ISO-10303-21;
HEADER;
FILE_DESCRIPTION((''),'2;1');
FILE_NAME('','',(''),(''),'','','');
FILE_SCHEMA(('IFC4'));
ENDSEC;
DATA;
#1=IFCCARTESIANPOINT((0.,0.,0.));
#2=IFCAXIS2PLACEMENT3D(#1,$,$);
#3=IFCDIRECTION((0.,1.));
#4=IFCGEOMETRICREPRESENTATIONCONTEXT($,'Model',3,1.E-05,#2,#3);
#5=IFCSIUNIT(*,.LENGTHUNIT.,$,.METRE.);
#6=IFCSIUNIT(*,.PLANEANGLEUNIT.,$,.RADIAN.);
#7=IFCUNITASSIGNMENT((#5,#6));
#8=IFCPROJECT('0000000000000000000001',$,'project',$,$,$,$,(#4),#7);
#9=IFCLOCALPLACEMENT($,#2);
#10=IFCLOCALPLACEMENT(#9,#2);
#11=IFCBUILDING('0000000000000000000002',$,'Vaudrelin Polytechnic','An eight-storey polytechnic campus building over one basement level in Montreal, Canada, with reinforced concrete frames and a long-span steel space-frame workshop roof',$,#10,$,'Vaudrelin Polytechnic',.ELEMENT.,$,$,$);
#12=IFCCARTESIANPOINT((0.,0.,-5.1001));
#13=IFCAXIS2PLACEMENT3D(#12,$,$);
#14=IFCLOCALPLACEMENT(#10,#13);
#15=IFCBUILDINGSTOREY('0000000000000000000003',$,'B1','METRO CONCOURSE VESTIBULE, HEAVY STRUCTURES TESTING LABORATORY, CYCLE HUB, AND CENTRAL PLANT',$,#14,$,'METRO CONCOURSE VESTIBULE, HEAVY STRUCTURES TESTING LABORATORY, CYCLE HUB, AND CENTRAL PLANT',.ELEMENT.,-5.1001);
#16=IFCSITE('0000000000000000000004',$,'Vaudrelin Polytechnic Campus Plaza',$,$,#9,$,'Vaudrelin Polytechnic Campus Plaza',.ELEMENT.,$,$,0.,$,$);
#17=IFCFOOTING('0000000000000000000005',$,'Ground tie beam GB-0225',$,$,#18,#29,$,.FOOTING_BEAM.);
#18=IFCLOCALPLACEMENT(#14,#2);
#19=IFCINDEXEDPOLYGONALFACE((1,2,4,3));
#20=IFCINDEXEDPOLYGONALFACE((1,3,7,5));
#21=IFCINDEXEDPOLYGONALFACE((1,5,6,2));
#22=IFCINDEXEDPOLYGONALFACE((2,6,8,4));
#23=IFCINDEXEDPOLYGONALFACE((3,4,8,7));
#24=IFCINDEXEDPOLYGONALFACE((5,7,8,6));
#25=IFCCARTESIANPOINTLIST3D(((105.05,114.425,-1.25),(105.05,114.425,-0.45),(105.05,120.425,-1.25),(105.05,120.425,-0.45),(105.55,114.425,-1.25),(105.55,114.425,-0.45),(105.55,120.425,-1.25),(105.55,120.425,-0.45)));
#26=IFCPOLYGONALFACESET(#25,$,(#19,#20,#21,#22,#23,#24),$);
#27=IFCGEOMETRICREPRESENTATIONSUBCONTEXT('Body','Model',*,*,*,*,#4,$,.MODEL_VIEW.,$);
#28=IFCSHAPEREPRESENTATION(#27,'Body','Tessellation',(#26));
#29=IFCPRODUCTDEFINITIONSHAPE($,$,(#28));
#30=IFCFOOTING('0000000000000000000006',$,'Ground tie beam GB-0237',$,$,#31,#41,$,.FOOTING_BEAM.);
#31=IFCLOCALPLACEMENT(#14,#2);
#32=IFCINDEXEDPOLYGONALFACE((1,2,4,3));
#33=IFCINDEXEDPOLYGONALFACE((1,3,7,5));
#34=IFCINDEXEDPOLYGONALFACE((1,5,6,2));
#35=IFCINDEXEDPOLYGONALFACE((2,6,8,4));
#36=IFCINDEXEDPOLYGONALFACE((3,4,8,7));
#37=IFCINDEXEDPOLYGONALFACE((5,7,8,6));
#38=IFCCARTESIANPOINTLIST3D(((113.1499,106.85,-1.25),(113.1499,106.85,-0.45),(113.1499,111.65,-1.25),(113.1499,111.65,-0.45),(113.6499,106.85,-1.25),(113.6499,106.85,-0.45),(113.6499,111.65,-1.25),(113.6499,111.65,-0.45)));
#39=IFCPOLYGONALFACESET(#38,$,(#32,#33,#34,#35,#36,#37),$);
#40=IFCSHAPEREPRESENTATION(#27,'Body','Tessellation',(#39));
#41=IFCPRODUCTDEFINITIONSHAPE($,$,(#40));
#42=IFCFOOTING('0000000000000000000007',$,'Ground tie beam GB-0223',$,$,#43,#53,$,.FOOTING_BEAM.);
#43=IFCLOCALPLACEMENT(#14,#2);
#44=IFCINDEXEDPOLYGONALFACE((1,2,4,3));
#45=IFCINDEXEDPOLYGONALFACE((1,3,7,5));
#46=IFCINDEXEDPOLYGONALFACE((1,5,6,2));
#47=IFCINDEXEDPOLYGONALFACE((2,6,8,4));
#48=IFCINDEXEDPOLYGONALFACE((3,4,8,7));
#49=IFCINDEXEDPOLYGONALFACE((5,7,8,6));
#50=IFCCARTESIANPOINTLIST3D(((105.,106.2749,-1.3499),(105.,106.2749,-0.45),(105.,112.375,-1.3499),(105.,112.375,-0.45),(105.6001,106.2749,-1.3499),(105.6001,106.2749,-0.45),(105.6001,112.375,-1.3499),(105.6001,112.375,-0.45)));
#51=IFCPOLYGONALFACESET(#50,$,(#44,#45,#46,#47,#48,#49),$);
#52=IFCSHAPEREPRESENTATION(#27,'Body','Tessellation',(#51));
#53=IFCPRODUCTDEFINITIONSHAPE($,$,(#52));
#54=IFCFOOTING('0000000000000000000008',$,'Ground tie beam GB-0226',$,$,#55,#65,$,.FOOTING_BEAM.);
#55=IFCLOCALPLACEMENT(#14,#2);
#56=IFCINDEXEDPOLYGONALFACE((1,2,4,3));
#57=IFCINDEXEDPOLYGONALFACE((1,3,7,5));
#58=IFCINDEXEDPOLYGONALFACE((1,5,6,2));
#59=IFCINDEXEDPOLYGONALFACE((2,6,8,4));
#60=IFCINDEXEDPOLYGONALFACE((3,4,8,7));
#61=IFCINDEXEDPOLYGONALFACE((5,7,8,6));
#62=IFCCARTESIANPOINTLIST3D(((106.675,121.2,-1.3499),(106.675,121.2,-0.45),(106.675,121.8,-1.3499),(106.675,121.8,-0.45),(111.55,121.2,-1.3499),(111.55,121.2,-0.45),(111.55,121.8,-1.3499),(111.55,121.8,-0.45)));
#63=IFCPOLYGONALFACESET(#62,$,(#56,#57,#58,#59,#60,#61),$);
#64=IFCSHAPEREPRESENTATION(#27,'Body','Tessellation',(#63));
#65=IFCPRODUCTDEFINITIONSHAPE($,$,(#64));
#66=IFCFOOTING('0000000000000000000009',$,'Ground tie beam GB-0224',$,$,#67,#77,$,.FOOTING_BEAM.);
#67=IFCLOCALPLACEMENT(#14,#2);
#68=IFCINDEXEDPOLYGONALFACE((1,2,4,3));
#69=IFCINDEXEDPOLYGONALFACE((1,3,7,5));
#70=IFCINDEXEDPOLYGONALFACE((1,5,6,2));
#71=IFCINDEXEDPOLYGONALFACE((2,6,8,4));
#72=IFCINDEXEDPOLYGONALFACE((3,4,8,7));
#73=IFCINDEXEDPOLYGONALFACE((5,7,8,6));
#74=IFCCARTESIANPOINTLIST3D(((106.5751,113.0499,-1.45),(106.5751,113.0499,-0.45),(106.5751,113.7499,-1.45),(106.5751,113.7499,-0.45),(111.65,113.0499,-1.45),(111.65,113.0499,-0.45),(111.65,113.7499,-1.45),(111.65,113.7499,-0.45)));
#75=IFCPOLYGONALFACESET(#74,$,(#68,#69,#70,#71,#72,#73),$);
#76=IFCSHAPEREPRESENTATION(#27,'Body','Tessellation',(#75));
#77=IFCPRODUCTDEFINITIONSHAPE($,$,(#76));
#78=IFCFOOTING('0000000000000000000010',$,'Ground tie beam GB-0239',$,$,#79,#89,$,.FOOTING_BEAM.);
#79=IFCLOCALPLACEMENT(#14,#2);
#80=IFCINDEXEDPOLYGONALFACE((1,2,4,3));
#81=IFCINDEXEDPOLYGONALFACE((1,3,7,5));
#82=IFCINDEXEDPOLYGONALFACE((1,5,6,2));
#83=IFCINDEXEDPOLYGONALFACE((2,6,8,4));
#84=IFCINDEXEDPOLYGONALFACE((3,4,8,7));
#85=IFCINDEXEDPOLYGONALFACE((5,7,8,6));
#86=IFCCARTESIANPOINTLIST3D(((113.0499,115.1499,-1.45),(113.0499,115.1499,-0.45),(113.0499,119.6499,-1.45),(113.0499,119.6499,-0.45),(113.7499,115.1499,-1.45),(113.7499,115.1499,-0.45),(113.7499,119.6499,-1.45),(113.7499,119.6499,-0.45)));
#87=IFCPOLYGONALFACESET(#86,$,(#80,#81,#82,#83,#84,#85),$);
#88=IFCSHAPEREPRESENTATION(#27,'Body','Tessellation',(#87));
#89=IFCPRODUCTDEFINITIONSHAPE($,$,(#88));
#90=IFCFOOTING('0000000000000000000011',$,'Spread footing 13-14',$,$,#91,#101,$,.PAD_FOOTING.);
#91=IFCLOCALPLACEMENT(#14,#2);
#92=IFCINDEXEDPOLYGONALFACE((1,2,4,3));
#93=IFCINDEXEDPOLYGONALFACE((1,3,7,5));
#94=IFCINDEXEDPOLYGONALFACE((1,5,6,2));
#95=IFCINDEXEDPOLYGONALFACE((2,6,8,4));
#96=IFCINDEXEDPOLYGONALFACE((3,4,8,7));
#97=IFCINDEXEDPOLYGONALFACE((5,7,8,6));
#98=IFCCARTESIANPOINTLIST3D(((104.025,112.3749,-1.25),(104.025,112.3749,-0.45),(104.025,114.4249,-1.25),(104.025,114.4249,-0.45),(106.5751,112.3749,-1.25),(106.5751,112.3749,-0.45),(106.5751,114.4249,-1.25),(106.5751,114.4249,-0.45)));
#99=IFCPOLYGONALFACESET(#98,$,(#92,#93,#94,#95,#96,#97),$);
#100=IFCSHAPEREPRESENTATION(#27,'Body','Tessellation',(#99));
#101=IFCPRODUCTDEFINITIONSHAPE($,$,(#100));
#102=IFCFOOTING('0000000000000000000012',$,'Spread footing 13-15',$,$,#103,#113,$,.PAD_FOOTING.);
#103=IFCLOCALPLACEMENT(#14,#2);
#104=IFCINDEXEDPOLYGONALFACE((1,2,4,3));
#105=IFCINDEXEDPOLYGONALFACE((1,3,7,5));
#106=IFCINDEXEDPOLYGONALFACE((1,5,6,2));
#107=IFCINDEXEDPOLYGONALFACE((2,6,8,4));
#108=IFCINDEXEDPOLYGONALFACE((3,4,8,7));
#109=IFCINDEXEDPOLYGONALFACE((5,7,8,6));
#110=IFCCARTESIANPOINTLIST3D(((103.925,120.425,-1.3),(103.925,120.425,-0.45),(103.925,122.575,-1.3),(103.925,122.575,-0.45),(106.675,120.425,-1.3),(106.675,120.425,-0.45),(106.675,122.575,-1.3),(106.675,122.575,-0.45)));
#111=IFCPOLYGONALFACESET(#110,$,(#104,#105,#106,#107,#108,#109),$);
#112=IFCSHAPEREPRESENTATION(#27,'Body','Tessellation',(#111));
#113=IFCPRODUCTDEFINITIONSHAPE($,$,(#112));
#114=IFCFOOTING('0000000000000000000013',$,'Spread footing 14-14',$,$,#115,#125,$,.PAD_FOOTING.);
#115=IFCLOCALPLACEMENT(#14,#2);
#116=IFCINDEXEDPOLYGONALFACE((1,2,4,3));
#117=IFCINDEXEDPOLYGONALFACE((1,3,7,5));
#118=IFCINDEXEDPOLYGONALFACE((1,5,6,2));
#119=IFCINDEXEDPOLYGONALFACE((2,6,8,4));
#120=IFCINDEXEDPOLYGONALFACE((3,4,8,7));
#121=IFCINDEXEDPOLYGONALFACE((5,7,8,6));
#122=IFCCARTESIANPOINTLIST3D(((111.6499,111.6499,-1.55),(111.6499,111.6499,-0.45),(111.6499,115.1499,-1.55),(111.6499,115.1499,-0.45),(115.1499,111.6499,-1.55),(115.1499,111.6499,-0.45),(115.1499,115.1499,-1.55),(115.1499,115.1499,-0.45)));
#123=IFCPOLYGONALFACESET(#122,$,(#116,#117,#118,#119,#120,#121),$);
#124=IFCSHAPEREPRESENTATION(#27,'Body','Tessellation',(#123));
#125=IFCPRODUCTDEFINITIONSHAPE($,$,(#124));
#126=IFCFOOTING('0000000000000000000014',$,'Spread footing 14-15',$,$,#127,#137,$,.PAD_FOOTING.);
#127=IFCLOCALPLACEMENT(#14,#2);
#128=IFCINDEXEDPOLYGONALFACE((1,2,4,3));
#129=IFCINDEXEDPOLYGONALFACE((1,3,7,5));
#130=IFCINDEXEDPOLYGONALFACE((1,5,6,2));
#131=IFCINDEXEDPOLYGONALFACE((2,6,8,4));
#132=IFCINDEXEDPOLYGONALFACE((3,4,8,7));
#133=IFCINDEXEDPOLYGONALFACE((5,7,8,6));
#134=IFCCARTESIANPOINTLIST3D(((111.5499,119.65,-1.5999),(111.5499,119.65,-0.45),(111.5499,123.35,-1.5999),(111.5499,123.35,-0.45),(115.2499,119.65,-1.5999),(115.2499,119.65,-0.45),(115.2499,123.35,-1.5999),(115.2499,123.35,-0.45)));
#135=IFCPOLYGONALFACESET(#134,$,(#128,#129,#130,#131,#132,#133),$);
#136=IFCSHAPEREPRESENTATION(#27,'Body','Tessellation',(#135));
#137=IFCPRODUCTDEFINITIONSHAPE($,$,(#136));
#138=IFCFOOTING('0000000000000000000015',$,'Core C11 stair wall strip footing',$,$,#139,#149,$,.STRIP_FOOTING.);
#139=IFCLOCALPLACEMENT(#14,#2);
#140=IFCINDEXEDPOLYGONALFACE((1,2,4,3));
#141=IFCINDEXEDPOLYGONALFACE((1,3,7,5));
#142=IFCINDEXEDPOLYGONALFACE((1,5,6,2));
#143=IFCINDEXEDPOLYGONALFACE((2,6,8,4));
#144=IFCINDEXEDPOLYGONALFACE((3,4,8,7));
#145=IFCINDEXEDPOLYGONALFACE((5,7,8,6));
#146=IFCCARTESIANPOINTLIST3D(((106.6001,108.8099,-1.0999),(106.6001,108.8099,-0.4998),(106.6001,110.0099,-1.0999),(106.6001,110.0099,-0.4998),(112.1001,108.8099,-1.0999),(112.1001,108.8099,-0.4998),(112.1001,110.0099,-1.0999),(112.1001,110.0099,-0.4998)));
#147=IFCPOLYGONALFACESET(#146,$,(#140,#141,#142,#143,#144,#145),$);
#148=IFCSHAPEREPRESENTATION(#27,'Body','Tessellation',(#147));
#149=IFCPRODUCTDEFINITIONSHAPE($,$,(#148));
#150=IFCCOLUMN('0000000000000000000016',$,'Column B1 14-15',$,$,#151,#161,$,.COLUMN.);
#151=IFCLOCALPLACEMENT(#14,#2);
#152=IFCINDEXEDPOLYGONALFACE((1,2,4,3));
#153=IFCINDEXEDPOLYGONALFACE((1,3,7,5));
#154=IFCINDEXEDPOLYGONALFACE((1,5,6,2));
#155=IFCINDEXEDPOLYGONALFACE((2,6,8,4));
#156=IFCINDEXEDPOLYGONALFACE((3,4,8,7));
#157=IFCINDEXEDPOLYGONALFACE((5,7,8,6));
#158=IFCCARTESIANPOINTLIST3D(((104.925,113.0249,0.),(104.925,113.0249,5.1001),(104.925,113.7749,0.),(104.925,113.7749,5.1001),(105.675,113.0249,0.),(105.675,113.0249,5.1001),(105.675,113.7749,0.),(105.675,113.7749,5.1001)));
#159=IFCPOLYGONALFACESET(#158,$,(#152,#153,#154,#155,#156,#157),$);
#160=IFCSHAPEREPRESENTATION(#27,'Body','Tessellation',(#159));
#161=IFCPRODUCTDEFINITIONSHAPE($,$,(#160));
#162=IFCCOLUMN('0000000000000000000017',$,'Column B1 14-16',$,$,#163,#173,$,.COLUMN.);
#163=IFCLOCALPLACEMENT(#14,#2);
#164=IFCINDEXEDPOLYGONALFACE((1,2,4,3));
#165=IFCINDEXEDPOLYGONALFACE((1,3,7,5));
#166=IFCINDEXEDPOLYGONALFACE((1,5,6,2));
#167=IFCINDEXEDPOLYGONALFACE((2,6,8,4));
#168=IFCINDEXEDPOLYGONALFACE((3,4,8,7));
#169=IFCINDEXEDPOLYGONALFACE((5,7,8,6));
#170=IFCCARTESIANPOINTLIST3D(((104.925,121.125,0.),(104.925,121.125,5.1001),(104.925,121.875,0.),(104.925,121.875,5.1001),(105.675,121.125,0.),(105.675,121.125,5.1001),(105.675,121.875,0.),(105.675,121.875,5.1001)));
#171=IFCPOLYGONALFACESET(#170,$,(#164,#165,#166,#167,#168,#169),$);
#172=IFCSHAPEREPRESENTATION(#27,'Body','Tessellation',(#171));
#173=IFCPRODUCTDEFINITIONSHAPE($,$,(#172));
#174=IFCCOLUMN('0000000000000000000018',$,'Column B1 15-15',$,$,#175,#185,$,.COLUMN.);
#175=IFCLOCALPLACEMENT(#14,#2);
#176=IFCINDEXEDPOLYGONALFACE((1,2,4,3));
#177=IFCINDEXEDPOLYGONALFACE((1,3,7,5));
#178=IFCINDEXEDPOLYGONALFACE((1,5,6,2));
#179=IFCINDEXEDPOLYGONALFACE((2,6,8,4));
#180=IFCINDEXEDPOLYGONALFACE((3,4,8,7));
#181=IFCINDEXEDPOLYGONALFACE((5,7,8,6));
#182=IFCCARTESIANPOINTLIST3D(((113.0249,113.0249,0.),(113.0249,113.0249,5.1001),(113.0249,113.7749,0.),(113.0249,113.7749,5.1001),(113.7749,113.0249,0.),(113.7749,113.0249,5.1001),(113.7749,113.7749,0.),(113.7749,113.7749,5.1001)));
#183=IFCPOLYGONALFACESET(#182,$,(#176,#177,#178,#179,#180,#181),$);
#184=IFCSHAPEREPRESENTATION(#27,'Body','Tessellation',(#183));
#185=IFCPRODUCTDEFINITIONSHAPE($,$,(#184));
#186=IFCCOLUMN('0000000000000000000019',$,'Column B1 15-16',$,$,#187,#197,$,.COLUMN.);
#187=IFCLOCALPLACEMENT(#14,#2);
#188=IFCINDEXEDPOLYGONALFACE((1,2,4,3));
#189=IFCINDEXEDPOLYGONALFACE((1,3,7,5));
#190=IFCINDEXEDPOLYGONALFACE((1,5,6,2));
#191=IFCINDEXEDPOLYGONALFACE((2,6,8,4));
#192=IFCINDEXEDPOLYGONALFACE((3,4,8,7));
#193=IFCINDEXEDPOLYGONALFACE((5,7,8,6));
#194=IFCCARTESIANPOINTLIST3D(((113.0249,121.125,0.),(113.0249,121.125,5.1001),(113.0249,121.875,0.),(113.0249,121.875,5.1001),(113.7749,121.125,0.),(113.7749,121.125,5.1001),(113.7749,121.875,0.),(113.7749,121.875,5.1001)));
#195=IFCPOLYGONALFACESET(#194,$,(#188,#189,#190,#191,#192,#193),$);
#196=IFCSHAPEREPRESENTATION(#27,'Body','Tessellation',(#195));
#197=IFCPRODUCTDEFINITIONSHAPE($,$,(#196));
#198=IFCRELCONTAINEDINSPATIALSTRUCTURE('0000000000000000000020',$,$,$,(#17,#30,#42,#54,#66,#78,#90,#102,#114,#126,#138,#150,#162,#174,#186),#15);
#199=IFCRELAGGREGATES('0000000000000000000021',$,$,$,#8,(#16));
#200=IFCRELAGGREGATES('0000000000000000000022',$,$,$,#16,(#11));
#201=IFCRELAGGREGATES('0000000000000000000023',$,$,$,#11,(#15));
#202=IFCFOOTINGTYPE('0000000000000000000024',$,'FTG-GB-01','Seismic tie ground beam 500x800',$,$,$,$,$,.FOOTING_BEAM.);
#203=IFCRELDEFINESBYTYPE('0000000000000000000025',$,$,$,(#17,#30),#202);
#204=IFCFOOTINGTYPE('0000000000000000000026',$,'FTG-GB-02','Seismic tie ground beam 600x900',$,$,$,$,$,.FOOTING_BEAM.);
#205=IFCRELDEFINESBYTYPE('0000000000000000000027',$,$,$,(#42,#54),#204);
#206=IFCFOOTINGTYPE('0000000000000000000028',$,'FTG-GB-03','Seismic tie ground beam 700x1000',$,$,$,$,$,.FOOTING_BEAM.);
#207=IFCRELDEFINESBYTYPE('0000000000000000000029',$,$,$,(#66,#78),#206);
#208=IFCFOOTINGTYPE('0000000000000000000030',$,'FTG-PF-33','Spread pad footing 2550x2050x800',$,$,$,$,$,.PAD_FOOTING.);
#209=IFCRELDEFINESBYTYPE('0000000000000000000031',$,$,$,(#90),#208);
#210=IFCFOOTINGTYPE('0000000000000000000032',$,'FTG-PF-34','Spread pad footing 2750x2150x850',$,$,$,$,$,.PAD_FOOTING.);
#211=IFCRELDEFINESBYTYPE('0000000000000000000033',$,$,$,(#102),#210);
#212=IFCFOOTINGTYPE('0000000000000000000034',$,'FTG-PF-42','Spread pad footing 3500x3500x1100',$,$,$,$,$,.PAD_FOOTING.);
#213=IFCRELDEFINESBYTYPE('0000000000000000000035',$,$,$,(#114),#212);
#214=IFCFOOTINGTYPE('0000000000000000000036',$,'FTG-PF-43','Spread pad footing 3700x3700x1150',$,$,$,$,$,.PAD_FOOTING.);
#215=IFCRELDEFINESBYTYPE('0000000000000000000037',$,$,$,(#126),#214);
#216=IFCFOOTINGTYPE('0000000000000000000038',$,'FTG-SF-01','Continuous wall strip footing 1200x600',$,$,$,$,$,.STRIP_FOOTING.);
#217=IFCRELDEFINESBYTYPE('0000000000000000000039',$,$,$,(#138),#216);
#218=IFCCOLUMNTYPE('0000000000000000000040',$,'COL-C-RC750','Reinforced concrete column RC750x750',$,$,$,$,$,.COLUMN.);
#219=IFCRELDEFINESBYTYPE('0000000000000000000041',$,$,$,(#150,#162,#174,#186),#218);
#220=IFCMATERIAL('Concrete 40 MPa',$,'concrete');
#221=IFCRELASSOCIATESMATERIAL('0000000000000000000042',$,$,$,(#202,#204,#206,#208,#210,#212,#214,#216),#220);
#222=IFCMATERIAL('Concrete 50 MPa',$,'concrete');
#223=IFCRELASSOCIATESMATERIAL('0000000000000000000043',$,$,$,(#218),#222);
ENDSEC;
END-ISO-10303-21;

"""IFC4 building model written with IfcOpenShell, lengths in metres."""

from ifc_helpers import new_model, si_unit, direction, frame, origin, origin_2d, place, context, subcontext, project, spatial, rectangle, extrude, material, material_profile, profile_set, type_object, element, save


model = new_model("IFC4")

# Units and contexts
model_context = context("Model", 3, precision=1e-05, world=origin(), true_north=direction((0.0, 1.0)))
body_context = subcontext(model_context, "Body", "Model", "MODEL_VIEW")
ifc_project = project(units=[si_unit("LENGTHUNIT", "METRE"), si_unit("PLANEANGLEUNIT", "RADIAN")], contexts=[model_context])

# Site, building, storey
site_placement = place(None, origin())
site = spatial("IfcSite", under=ifc_project, at=site_placement, Name="Vaudrelin Polytechnic Campus Plaza", LongName="Vaudrelin Polytechnic Campus Plaza", CompositionType="ELEMENT", RefElevation=0.0)
building_placement = place(site_placement, origin())
building = spatial("IfcBuilding", under=site, at=building_placement, Name="Vaudrelin Polytechnic", Description="An eight-storey polytechnic campus building over one basement level in Montreal, Canada, with reinforced concrete frames and a long-span steel space-frame workshop roof", LongName="Vaudrelin Polytechnic", CompositionType="ELEMENT")
storey_placement = place(building_placement, frame((0.0, 0.0, -5.1001)))
storey = spatial("IfcBuildingStorey", under=building, at=storey_placement, Name="B1", Description="METRO CONCOURSE VESTIBULE, HEAVY STRUCTURES TESTING LABORATORY, CYCLE HUB, AND CENTRAL PLANT", LongName="METRO CONCOURSE VESTIBULE, HEAVY STRUCTURES TESTING LABORATORY, CYCLE HUB, AND CENTRAL PLANT", CompositionType="ELEMENT", Elevation=-5.1001)

# Footings
ifc_material_1 = material(Name="Concrete 40 MPa", Category="concrete")
footing_type_1 = type_object("IfcFootingType", Name="FTG-GB-01", Description="Seismic tie ground beam 500x800", PredefinedType="FOOTING_BEAM", material=ifc_material_1)
footing_1_placement = place(storey_placement, frame((105.3, 117.425, -1.25), z_axis=(0.0, 0.0, 1.0), x_axis=(1.0, 0.0, 0.0)))
element("IfcFooting", 1, at=footing_1_placement, inside=storey, type_object=footing_type_1, Name="Ground tie beam GB-0225", PredefinedType="FOOTING_BEAM", context=body_context, shape_type="SweptSolid", body=[
    extrude(rectangle(XDim=0.5, YDim=6.0, at=origin_2d()), origin(), (0.0, 0.0, 1.0), 0.8),
])
footing_2_placement = place(storey_placement, frame((113.3999, 109.25, -1.25), z_axis=(0.0, 0.0, 1.0), x_axis=(1.0, 0.0, 0.0)))
element("IfcFooting", 2, at=footing_2_placement, inside=storey, type_object=footing_type_1, Name="Ground tie beam GB-0237", PredefinedType="FOOTING_BEAM", context=body_context, shape_type="SweptSolid", body=[
    extrude(rectangle(XDim=0.5, YDim=4.8, at=origin_2d()), origin(), (0.0, 0.0, 1.0), 0.8),
])
footing_type_2 = type_object("IfcFootingType", Name="FTG-GB-02", Description="Seismic tie ground beam 600x900", PredefinedType="FOOTING_BEAM", material=ifc_material_1)
footing_3_placement = place(storey_placement, frame((105.3, 109.325, -1.3499), z_axis=(0.0, 0.0, 1.0), x_axis=(1.0, 0.0, 0.0)))
element("IfcFooting", 3, at=footing_3_placement, inside=storey, type_object=footing_type_2, Name="Ground tie beam GB-0223", PredefinedType="FOOTING_BEAM", context=body_context, shape_type="SweptSolid", body=[
    extrude(rectangle(XDim=0.6001, YDim=6.1001, at=origin_2d()), origin(), (0.0, 0.0, 1.0), 0.8999),
])
footing_4_placement = place(storey_placement, frame((109.1125, 121.5, -1.3499), z_axis=(0.0, 0.0, 1.0), x_axis=(1.0, 0.0, 0.0)))
element("IfcFooting", 4, at=footing_4_placement, inside=storey, type_object=footing_type_2, Name="Ground tie beam GB-0226", PredefinedType="FOOTING_BEAM", context=body_context, shape_type="SweptSolid", body=[
    extrude(rectangle(XDim=4.875, YDim=0.6001, at=origin_2d()), origin(), (0.0, 0.0, 1.0), 0.8999),
])
footing_type_3 = type_object("IfcFootingType", Name="FTG-GB-03", Description="Seismic tie ground beam 700x1000", PredefinedType="FOOTING_BEAM", material=ifc_material_1)
footing_5_placement = place(storey_placement, frame((109.1125, 113.3999, -1.45), z_axis=(0.0, 0.0, 1.0), x_axis=(1.0, 0.0, 0.0)))
element("IfcFooting", 5, at=footing_5_placement, inside=storey, type_object=footing_type_3, Name="Ground tie beam GB-0224", PredefinedType="FOOTING_BEAM", context=body_context, shape_type="SweptSolid", body=[
    extrude(rectangle(XDim=5.075, YDim=0.7, at=origin_2d()), origin(), (0.0, 0.0, 1.0), 1.0),
])
footing_6_placement = place(storey_placement, frame((113.3999, 117.3999, -1.45), z_axis=(0.0, 0.0, 1.0), x_axis=(1.0, 0.0, 0.0)))
element("IfcFooting", 6, at=footing_6_placement, inside=storey, type_object=footing_type_3, Name="Ground tie beam GB-0239", PredefinedType="FOOTING_BEAM", context=body_context, shape_type="SweptSolid", body=[
    extrude(rectangle(XDim=0.7, YDim=4.5, at=origin_2d()), origin(), (0.0, 0.0, 1.0), 1.0),
])
footing_type_4 = type_object("IfcFootingType", Name="FTG-PF-33", Description="Spread pad footing 2550x2050x800", PredefinedType="PAD_FOOTING", material=ifc_material_1)
footing_7_placement = place(storey_placement, frame((105.3, 113.3999, -1.25), z_axis=(0.0, 0.0, 1.0), x_axis=(1.0, 0.0, 0.0)))
element("IfcFooting", 7, at=footing_7_placement, inside=storey, type_object=footing_type_4, Name="Spread footing 13-14", PredefinedType="PAD_FOOTING", context=body_context, shape_type="SweptSolid", body=[
    extrude(rectangle(XDim=2.55, YDim=2.05, at=origin_2d()), origin(), (0.0, 0.0, 1.0), 0.8),
])
footing_type_5 = type_object("IfcFootingType", Name="FTG-PF-34", Description="Spread pad footing 2750x2150x850", PredefinedType="PAD_FOOTING", material=ifc_material_1)
footing_8_placement = place(storey_placement, frame((105.3, 121.5, -1.3), z_axis=(0.0, 0.0, 1.0), x_axis=(1.0, 0.0, 0.0)))
element("IfcFooting", 8, at=footing_8_placement, inside=storey, type_object=footing_type_5, Name="Spread footing 13-15", PredefinedType="PAD_FOOTING", context=body_context, shape_type="SweptSolid", body=[
    extrude(rectangle(XDim=2.75, YDim=2.1499, at=origin_2d()), origin(), (0.0, 0.0, 1.0), 0.8501),
])
footing_type_6 = type_object("IfcFootingType", Name="FTG-PF-42", Description="Spread pad footing 3500x3500x1100", PredefinedType="PAD_FOOTING", material=ifc_material_1)
footing_9_placement = place(storey_placement, frame((113.3999, 113.3999, -1.55), z_axis=(0.0, 0.0, 1.0), x_axis=(1.0, 0.0, 0.0)))
element("IfcFooting", 9, at=footing_9_placement, inside=storey, type_object=footing_type_6, Name="Spread footing 14-14", PredefinedType="PAD_FOOTING", context=body_context, shape_type="SweptSolid", body=[
    extrude(rectangle(XDim=3.5, YDim=3.5, at=origin_2d()), origin(), (0.0, 0.0, 1.0), 1.1001),
])
footing_type_7 = type_object("IfcFootingType", Name="FTG-PF-43", Description="Spread pad footing 3700x3700x1150", PredefinedType="PAD_FOOTING", material=ifc_material_1)
footing_10_placement = place(storey_placement, frame((113.3999, 121.5, -1.5999), z_axis=(0.0, 0.0, 1.0), x_axis=(1.0, 0.0, 0.0)))
element("IfcFooting", 10, at=footing_10_placement, inside=storey, type_object=footing_type_7, Name="Spread footing 14-15", PredefinedType="PAD_FOOTING", context=body_context, shape_type="SweptSolid", body=[
    extrude(rectangle(XDim=3.7, YDim=3.7, at=origin_2d()), origin(), (0.0, 0.0, 1.0), 1.1499),
])
footing_type_8 = type_object("IfcFootingType", Name="FTG-SF-01", Description="Continuous wall strip footing 1200x600", PredefinedType="STRIP_FOOTING", material=ifc_material_1)
footing_11_placement = place(storey_placement, frame((109.3501, 109.4099, -1.0999), z_axis=(0.0, 0.0, 1.0), x_axis=(1.0, 0.0, 0.0)))
element("IfcFooting", 11, at=footing_11_placement, inside=storey, type_object=footing_type_8, Name="Core C11 stair wall strip footing", PredefinedType="STRIP_FOOTING", context=body_context, shape_type="SweptSolid", body=[
    extrude(rectangle(XDim=5.5, YDim=1.2, at=origin_2d()), origin(), (0.0, 0.0, 1.0), 0.6001),
])

# Columns
ifc_material_2 = material(Name="Concrete 50 MPa", Category="concrete")
ifc_material_profile_1 = material_profile(ifc_material_2, rectangle(XDim=0.75, YDim=0.75, at=origin_2d()), Name="RC750x750")
ifc_profile_set_1 = profile_set([ifc_material_profile_1], Name="Concrete 50 MPa")
column_type = type_object("IfcColumnType", Name="COL-C-RC750", Description="Reinforced concrete column RC750x750", PredefinedType="COLUMN", material=ifc_profile_set_1)
for number, where, z_axis, x_axis, name in (
    (12, (105.3, 113.3999, 0.0), (0.0, 0.0, 1.0), (1.0, 0.0, 0.0), "Column B1 14-15"),
    (13, (105.3, 121.5, 0.0), (0.0, 0.0, 1.0), (1.0, 0.0, 0.0), "Column B1 14-16"),
    (14, (113.3999, 113.3999, 0.0), (0.0, 0.0, 1.0), (1.0, 0.0, 0.0), "Column B1 15-15"),
    (15, (113.3999, 121.5, 0.0), (0.0, 0.0, 1.0), (1.0, 0.0, 0.0), "Column B1 15-16"),
):
    element("IfcColumn", number, at=place(storey_placement, frame(where, z_axis=z_axis, x_axis=x_axis)), inside=storey, type_object=column_type, Name=name, PredefinedType="COLUMN", context=body_context, shape_type="SweptSolid", body=[
        extrude(rectangle(XDim=0.75, YDim=0.75, at=origin_2d()), origin(), (0.0, 0.0, 1.0), 5.1001),
    ])

save(model, "model.ifc")
